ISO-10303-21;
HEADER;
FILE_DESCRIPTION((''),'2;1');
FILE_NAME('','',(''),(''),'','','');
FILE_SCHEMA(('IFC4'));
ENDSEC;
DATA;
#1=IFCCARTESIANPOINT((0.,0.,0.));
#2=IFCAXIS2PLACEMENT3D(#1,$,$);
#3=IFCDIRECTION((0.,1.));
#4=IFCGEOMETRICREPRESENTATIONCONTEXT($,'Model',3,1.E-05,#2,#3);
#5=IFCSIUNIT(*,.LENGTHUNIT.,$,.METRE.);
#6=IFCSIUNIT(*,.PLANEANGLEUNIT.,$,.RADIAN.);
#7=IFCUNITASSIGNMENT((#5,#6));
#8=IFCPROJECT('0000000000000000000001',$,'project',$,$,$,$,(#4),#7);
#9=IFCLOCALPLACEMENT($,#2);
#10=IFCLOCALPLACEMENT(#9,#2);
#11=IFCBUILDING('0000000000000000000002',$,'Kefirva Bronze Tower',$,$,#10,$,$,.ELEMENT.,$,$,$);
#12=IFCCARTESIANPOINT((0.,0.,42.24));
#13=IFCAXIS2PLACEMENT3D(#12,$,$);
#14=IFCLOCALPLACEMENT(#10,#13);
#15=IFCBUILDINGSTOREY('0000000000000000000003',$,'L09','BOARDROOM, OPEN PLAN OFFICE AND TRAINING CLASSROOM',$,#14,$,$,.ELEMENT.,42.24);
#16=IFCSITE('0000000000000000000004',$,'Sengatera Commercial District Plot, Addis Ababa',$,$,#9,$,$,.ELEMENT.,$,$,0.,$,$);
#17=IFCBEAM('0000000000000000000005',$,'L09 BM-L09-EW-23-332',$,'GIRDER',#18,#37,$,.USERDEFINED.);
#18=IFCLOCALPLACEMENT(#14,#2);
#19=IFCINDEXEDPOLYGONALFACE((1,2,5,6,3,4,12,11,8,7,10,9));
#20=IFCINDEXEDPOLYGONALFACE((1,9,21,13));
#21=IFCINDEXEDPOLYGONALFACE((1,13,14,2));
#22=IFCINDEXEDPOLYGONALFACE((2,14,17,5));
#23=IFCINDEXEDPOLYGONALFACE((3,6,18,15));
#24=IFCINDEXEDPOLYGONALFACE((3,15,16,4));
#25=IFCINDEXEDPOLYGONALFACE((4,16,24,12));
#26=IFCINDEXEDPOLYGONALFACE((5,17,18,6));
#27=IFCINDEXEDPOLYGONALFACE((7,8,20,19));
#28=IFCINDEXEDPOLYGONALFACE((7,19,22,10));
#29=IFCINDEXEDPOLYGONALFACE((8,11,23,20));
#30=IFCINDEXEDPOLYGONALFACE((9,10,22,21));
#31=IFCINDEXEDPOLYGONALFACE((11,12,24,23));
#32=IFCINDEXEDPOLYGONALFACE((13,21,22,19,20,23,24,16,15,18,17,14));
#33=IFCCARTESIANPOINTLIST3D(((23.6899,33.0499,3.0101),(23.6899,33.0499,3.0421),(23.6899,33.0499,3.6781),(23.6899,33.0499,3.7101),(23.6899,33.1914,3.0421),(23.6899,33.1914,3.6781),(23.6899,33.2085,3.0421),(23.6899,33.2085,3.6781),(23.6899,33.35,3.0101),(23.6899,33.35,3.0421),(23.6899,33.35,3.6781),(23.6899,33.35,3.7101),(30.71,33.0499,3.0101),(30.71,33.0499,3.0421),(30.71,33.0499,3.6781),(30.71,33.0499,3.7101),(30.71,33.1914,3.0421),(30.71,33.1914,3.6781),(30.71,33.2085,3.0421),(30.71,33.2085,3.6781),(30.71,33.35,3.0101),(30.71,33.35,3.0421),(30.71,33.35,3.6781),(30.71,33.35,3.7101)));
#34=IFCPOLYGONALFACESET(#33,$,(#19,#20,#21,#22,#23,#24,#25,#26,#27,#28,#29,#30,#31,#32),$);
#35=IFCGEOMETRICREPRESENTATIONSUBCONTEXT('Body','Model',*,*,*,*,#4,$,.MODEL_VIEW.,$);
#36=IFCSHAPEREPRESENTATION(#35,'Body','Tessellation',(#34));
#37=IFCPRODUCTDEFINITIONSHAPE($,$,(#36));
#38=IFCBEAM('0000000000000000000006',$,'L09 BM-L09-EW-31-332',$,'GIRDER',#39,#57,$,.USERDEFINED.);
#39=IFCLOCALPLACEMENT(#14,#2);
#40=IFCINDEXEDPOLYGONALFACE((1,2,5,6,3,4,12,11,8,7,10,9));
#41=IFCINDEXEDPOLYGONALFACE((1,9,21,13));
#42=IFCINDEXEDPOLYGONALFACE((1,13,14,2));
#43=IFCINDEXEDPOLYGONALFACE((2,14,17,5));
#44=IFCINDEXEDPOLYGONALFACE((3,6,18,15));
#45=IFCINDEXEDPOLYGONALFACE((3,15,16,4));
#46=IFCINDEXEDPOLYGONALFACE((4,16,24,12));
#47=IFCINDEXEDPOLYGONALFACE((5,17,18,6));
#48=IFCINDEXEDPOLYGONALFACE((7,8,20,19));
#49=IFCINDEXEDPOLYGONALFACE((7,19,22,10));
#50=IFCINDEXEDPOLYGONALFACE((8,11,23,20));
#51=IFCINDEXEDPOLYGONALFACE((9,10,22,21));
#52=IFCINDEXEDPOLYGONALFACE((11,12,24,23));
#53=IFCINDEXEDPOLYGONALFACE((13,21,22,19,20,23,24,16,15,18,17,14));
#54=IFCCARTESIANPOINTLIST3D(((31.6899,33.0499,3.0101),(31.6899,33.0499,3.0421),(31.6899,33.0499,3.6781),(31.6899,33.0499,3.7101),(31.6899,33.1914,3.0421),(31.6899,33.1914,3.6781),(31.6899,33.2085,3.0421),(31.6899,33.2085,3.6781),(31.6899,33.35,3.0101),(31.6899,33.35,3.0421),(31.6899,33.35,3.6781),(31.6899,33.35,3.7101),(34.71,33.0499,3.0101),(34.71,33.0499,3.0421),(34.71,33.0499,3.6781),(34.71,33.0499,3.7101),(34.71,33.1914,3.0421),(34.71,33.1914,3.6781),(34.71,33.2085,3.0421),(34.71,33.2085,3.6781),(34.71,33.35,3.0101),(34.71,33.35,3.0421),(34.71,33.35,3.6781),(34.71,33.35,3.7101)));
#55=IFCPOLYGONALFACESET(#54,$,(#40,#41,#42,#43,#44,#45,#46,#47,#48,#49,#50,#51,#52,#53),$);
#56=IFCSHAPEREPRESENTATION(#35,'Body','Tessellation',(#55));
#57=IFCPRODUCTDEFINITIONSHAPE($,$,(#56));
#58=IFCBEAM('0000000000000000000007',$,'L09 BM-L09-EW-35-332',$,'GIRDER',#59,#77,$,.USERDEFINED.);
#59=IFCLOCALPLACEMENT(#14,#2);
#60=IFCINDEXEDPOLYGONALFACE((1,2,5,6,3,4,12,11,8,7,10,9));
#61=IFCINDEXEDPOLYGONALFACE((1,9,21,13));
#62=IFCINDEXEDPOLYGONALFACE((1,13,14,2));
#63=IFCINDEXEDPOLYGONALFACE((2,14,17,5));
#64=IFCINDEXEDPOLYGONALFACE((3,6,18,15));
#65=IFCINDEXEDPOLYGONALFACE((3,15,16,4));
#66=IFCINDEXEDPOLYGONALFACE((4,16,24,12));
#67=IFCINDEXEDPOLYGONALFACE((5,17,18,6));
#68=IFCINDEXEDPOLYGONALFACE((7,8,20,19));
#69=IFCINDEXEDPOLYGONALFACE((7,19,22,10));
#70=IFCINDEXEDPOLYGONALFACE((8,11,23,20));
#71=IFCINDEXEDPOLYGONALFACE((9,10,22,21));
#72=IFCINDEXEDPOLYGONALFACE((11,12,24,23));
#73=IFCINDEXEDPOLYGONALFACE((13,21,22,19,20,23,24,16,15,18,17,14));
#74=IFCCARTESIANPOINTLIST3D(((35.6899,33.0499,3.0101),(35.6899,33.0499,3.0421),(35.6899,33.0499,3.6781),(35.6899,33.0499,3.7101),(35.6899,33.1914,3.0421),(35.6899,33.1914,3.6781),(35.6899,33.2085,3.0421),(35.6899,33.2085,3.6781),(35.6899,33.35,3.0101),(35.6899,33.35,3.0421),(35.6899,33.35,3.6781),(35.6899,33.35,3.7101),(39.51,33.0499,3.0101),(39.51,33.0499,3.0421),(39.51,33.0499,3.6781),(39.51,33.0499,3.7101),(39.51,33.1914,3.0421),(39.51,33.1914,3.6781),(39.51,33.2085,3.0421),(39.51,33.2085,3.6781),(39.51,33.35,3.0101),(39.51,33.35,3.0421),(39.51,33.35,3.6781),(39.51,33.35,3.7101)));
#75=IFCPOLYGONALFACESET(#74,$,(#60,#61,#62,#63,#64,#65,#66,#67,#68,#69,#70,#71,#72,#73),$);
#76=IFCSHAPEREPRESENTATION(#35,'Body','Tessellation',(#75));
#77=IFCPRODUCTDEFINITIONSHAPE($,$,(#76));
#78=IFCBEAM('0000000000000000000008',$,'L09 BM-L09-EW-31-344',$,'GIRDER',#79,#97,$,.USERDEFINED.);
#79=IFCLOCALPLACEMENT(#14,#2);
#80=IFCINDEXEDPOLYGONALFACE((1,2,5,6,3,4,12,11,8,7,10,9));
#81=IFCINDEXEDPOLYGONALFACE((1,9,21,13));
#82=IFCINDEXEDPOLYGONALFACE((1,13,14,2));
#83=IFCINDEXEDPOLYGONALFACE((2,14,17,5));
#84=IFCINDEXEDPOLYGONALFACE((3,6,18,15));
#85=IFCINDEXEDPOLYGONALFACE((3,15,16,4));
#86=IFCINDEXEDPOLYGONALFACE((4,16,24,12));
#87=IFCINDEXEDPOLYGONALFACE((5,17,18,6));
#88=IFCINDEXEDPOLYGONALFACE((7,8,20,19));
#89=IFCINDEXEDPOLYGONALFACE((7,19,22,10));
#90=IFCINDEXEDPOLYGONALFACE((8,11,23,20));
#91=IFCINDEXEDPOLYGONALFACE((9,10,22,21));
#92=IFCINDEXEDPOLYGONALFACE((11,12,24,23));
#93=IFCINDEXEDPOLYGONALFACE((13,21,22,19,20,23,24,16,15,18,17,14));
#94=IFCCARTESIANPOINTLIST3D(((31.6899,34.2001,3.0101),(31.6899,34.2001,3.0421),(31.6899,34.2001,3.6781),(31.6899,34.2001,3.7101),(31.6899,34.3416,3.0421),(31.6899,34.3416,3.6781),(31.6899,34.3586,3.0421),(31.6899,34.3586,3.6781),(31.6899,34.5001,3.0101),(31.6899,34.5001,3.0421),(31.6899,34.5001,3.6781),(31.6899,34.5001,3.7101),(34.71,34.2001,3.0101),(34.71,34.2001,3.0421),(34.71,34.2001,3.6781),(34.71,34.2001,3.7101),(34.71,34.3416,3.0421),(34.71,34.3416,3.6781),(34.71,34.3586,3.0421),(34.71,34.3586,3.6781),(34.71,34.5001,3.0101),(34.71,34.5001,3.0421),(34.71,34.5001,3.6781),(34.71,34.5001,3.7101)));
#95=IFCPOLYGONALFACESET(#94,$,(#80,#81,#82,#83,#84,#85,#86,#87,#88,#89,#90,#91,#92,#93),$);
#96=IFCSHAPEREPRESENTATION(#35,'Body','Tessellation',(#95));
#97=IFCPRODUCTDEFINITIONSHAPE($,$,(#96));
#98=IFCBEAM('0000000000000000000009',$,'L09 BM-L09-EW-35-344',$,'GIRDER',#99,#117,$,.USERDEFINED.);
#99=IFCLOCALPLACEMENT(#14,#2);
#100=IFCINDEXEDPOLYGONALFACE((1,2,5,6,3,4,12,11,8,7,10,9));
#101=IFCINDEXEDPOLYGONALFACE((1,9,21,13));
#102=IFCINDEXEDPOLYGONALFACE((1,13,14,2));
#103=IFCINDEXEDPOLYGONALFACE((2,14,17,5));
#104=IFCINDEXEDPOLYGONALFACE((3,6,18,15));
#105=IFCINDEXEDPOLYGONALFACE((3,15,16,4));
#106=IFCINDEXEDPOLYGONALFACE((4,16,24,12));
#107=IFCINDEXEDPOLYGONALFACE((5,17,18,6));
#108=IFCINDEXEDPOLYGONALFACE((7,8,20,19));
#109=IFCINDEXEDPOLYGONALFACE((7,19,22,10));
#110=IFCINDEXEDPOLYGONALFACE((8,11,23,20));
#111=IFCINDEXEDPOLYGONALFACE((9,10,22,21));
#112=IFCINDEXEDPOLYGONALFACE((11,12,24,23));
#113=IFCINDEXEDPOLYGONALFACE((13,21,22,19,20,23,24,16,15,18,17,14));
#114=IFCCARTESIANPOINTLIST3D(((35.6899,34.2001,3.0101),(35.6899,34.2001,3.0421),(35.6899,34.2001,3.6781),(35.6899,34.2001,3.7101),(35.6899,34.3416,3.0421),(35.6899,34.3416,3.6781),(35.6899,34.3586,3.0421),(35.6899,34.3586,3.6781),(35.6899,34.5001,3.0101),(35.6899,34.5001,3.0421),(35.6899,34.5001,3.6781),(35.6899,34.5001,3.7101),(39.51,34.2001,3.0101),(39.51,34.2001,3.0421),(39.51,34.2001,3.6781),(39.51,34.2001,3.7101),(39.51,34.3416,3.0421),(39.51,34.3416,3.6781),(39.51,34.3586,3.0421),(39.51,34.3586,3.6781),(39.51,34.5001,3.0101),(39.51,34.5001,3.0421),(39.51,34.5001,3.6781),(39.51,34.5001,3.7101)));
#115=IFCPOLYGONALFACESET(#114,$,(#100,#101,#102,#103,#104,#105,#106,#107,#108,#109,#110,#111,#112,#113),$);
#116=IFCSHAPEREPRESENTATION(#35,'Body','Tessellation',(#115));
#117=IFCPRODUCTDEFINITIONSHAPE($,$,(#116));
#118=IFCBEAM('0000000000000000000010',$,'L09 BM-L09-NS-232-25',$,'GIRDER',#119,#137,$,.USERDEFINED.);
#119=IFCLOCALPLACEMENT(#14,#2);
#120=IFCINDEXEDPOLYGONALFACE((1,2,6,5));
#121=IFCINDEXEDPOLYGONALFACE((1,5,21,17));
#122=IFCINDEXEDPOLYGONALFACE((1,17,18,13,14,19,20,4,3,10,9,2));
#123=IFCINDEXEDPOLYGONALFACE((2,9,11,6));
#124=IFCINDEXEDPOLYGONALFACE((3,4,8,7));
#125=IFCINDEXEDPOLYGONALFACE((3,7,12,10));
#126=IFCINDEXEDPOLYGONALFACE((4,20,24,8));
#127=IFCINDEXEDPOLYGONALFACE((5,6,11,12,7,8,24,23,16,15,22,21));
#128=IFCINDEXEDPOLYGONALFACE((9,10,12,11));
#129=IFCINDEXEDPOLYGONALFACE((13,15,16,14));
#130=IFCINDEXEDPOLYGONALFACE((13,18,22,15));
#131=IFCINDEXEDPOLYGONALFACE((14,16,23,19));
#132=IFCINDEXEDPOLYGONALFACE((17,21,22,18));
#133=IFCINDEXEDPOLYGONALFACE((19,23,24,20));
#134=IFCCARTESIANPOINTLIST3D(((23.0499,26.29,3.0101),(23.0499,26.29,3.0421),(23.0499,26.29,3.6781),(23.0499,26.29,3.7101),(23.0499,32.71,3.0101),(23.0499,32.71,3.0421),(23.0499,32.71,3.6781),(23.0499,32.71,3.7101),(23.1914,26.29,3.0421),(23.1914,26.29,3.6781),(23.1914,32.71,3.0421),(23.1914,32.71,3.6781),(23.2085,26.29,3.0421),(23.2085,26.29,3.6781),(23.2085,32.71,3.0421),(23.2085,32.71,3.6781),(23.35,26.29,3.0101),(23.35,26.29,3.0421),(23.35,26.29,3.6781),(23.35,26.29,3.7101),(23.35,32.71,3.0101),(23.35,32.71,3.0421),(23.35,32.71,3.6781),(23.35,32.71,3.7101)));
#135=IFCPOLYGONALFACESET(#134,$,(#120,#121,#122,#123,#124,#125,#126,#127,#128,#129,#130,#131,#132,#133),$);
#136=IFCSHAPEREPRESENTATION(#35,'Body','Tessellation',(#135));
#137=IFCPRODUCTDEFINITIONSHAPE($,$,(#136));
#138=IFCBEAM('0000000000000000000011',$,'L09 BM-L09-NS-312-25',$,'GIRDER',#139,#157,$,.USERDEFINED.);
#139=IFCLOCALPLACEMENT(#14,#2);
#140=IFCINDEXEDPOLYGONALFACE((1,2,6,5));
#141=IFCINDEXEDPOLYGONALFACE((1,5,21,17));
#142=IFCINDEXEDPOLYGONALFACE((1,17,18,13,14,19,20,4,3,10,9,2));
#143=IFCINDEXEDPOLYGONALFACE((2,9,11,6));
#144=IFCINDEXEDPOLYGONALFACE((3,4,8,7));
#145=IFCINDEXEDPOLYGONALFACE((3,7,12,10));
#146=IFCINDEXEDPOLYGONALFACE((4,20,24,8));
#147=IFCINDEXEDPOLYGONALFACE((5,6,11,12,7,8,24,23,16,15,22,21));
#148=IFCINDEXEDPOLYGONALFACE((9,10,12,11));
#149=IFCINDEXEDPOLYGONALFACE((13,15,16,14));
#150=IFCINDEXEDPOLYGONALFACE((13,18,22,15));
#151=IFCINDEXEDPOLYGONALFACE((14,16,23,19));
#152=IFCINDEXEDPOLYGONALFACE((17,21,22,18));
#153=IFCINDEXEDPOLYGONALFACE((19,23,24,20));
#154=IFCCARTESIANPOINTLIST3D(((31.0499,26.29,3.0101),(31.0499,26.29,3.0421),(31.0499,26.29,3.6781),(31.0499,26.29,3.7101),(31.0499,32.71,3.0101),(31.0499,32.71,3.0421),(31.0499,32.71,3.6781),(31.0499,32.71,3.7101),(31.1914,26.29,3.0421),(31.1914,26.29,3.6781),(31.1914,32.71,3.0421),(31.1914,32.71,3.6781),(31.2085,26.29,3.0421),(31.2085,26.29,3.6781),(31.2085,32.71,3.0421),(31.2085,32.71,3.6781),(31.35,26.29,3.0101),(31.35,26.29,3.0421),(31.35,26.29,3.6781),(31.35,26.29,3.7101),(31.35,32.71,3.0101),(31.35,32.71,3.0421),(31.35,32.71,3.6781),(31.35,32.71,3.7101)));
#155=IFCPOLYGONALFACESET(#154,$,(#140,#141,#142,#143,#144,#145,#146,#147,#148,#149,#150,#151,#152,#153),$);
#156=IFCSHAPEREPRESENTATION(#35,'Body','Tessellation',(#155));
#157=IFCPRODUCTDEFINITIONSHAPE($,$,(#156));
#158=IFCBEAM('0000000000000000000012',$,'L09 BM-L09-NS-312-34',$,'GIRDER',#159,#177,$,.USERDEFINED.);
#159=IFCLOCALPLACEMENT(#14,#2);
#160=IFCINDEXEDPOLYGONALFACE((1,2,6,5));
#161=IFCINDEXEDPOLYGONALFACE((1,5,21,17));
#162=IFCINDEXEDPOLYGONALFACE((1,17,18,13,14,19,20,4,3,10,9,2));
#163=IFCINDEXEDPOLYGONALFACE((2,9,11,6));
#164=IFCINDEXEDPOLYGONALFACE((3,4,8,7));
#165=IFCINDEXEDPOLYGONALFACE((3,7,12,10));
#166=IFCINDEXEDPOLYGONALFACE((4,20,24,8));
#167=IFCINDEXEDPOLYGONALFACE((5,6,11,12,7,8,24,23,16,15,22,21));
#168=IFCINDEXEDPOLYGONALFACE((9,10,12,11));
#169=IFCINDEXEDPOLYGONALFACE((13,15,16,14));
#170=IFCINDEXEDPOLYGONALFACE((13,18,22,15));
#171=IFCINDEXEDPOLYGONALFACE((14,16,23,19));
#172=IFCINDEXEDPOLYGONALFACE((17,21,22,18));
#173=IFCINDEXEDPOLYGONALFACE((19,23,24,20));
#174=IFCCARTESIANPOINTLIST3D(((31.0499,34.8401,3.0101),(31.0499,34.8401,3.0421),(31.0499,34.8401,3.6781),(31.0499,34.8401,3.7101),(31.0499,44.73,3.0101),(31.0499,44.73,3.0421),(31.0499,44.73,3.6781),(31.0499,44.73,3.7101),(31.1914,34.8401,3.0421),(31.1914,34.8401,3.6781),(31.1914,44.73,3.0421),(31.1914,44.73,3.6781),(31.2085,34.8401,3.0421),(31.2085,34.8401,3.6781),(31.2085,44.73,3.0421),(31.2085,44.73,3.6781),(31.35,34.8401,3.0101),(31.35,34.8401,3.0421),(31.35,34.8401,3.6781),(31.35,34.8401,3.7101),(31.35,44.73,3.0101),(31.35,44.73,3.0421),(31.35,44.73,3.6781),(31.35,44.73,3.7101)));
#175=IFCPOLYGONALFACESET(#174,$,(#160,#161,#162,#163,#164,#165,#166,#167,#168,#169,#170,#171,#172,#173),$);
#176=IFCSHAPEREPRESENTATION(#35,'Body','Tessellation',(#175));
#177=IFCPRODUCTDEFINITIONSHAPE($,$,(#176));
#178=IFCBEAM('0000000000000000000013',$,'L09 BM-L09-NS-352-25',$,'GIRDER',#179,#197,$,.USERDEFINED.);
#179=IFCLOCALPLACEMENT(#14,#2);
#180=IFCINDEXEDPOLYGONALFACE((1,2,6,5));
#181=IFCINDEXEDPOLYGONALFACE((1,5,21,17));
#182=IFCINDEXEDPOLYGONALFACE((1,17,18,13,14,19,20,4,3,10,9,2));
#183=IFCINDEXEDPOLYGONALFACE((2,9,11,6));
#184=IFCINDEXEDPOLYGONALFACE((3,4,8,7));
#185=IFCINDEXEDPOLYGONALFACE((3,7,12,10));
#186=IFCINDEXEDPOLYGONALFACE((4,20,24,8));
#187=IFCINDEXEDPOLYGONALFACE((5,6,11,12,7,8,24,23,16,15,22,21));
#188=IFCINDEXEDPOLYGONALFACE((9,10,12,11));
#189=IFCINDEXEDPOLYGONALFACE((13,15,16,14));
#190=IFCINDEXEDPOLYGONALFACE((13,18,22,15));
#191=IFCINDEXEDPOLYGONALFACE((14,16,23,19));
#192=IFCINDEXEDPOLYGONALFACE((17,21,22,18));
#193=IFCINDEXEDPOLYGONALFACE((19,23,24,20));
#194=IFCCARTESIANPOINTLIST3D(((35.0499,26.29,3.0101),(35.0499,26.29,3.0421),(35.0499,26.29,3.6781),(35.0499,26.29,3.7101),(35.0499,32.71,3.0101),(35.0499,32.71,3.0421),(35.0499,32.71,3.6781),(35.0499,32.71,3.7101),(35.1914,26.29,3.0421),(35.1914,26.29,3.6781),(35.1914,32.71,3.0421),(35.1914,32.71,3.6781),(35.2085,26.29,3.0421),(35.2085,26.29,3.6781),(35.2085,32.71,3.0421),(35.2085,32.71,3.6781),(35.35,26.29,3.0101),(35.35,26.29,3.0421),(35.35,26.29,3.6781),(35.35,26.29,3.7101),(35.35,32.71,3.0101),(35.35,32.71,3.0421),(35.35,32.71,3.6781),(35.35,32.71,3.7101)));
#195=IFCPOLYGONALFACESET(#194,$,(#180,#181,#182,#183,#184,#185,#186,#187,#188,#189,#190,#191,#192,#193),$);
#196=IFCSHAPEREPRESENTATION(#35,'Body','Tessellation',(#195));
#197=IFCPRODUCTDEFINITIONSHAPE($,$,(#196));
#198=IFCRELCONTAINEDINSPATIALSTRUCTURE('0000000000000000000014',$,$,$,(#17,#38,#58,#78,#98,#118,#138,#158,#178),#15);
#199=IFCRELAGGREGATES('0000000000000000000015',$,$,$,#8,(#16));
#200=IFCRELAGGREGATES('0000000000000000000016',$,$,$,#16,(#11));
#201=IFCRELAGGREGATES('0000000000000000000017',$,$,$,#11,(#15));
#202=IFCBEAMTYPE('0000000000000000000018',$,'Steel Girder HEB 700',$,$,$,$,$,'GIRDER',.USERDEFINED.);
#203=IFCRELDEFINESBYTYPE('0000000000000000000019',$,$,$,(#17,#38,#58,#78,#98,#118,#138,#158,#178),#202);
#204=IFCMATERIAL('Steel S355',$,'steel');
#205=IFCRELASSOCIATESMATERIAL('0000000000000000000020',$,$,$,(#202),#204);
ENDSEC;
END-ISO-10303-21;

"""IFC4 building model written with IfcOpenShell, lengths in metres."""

from ifc_helpers import new_model, si_unit, direction, frame, origin, origin_2d, place, context, subcontext, project, spatial, i_section, extrude, material, material_profile, profile_set, type_object, element, save


model = new_model("IFC4")

# Units and contexts
model_context = context("Model", 3, precision=1e-05, world=origin(), true_north=direction((0.0, 1.0)))
body_context = subcontext(model_context, "Body", "Model", "MODEL_VIEW")
ifc_project = project(units=[si_unit("LENGTHUNIT", "METRE"), si_unit("PLANEANGLEUNIT", "RADIAN")], contexts=[model_context])

# Site, building, storey
site_placement = place(None, origin())
site = spatial("IfcSite", under=ifc_project, at=site_placement, Name="Sengatera Commercial District Plot, Addis Ababa", CompositionType="ELEMENT", RefElevation=0.0)
building_placement = place(site_placement, origin())
building = spatial("IfcBuilding", under=site, at=building_placement, Name="Kefirva Bronze Tower", CompositionType="ELEMENT")
storey_placement = place(building_placement, frame((0.0, 0.0, 42.24)))
storey = spatial("IfcBuildingStorey", under=building, at=storey_placement, Name="L09", Description="BOARDROOM, OPEN PLAN OFFICE AND TRAINING CLASSROOM", CompositionType="ELEMENT", Elevation=42.24)

# Beams
ifc_material_1 = material(Name="Steel S355", Category="steel")
ifc_material_profile_1 = material_profile(ifc_material_1, i_section(OverallWidth=0.3, OverallDepth=0.7, WebThickness=0.0171, FlangeThickness=0.032, at=origin_2d()), Name="HEB 700")
ifc_profile_set_1 = profile_set([ifc_material_profile_1], Name="Steel S355")
beam_type_1 = type_object("IfcBeamType", Name="Steel Girder HEB 700", ElementType="GIRDER", PredefinedType="USERDEFINED", material=ifc_profile_set_1)
beam_1_placement = place(storey_placement, frame((23.6899, 33.2, 3.3601), z_axis=(1.0, 0.0, 0.0), x_axis=(0.0, 1.0, 0.0)))
element("IfcBeam", 1, at=beam_1_placement, inside=storey, type_object=beam_type_1, Name="L09 BM-L09-EW-23-332", ObjectType="GIRDER", PredefinedType="USERDEFINED", context=body_context, shape_type="SweptSolid", body=[
    extrude(i_section(OverallWidth=0.3, OverallDepth=0.7, WebThickness=0.0171, FlangeThickness=0.032, at=origin_2d()), origin(), (0.0, 0.0, 1.0), 7.02),
])
beam_2_placement = place(storey_placement, frame((31.6899, 33.2, 3.3601), z_axis=(1.0, 0.0, 0.0), x_axis=(0.0, 1.0, 0.0)))
element("IfcBeam", 2, at=beam_2_placement, inside=storey, type_object=beam_type_1, Name="L09 BM-L09-EW-31-332", ObjectType="GIRDER", PredefinedType="USERDEFINED", context=body_context, shape_type="SweptSolid", body=[
    extrude(i_section(OverallWidth=0.3, OverallDepth=0.7, WebThickness=0.0171, FlangeThickness=0.032, at=origin_2d()), origin(), (0.0, 0.0, 1.0), 3.02),
])
beam_3_placement = place(storey_placement, frame((35.6899, 33.2, 3.3601), z_axis=(1.0, 0.0, 0.0), x_axis=(0.0, 1.0, 0.0)))
element("IfcBeam", 3, at=beam_3_placement, inside=storey, type_object=beam_type_1, Name="L09 BM-L09-EW-35-332", ObjectType="GIRDER", PredefinedType="USERDEFINED", context=body_context, shape_type="SweptSolid", body=[
    extrude(i_section(OverallWidth=0.3, OverallDepth=0.7, WebThickness=0.0171, FlangeThickness=0.032, at=origin_2d()), origin(), (0.0, 0.0, 1.0), 3.8201),
])
beam_4_placement = place(storey_placement, frame((31.6899, 34.3501, 3.3601), z_axis=(1.0, 0.0, 0.0), x_axis=(0.0, 1.0, 0.0)))
element("IfcBeam", 4, at=beam_4_placement, inside=storey, type_object=beam_type_1, Name="L09 BM-L09-EW-31-344", ObjectType="GIRDER", PredefinedType="USERDEFINED", context=body_context, shape_type="SweptSolid", body=[
    extrude(i_section(OverallWidth=0.3, OverallDepth=0.7, WebThickness=0.0171, FlangeThickness=0.032, at=origin_2d()), origin(), (0.0, 0.0, 1.0), 3.02),
])
beam_5_placement = place(storey_placement, frame((35.6899, 34.3501, 3.3601), z_axis=(1.0, 0.0, 0.0), x_axis=(0.0, 1.0, 0.0)))
element("IfcBeam", 5, at=beam_5_placement, inside=storey, type_object=beam_type_1, Name="L09 BM-L09-EW-35-344", ObjectType="GIRDER", PredefinedType="USERDEFINED", context=body_context, shape_type="SweptSolid", body=[
    extrude(i_section(OverallWidth=0.3, OverallDepth=0.7, WebThickness=0.0171, FlangeThickness=0.032, at=origin_2d()), origin(), (0.0, 0.0, 1.0), 3.8201),
])
for number, where, z_axis, x_axis, name in (
    (6, (23.2, 26.29, 3.3601), (0.0, 1.0, 0.0), (-1.0, 0.0, 0.0), "L09 BM-L09-NS-232-25"),
    (7, (31.2, 26.29, 3.3601), (0.0, 1.0, 0.0), (-1.0, 0.0, 0.0), "L09 BM-L09-NS-312-25"),
):
    element("IfcBeam", number, at=place(storey_placement, frame(where, z_axis=z_axis, x_axis=x_axis)), inside=storey, type_object=beam_type_1, Name=name, ObjectType="GIRDER", PredefinedType="USERDEFINED", context=body_context, shape_type="SweptSolid", body=[
        extrude(i_section(OverallWidth=0.3, OverallDepth=0.7, WebThickness=0.0171, FlangeThickness=0.032, at=origin_2d()), origin(), (0.0, 0.0, 1.0), 6.4199),
    ])
beam_6_placement = place(storey_placement, frame((31.2, 34.8401, 3.3601), z_axis=(0.0, 1.0, 0.0), x_axis=(-1.0, 0.0, 0.0)))
element("IfcBeam", 8, at=beam_6_placement, inside=storey, type_object=beam_type_1, Name="L09 BM-L09-NS-312-34", ObjectType="GIRDER", PredefinedType="USERDEFINED", context=body_context, shape_type="SweptSolid", body=[
    extrude(i_section(OverallWidth=0.3, OverallDepth=0.7, WebThickness=0.0171, FlangeThickness=0.032, at=origin_2d()), origin(), (0.0, 0.0, 1.0), 9.8899),
])
beam_7_placement = place(storey_placement, frame((35.2, 26.29, 3.3601), z_axis=(0.0, 1.0, 0.0), x_axis=(-1.0, 0.0, 0.0)))
element("IfcBeam", 9, at=beam_7_placement, inside=storey, type_object=beam_type_1, Name="L09 BM-L09-NS-352-25", ObjectType="GIRDER", PredefinedType="USERDEFINED", context=body_context, shape_type="SweptSolid", body=[
    extrude(i_section(OverallWidth=0.3, OverallDepth=0.7, WebThickness=0.0171, FlangeThickness=0.032, at=origin_2d()), origin(), (0.0, 0.0, 1.0), 6.4199),
])

save(model, "model.ifc")
